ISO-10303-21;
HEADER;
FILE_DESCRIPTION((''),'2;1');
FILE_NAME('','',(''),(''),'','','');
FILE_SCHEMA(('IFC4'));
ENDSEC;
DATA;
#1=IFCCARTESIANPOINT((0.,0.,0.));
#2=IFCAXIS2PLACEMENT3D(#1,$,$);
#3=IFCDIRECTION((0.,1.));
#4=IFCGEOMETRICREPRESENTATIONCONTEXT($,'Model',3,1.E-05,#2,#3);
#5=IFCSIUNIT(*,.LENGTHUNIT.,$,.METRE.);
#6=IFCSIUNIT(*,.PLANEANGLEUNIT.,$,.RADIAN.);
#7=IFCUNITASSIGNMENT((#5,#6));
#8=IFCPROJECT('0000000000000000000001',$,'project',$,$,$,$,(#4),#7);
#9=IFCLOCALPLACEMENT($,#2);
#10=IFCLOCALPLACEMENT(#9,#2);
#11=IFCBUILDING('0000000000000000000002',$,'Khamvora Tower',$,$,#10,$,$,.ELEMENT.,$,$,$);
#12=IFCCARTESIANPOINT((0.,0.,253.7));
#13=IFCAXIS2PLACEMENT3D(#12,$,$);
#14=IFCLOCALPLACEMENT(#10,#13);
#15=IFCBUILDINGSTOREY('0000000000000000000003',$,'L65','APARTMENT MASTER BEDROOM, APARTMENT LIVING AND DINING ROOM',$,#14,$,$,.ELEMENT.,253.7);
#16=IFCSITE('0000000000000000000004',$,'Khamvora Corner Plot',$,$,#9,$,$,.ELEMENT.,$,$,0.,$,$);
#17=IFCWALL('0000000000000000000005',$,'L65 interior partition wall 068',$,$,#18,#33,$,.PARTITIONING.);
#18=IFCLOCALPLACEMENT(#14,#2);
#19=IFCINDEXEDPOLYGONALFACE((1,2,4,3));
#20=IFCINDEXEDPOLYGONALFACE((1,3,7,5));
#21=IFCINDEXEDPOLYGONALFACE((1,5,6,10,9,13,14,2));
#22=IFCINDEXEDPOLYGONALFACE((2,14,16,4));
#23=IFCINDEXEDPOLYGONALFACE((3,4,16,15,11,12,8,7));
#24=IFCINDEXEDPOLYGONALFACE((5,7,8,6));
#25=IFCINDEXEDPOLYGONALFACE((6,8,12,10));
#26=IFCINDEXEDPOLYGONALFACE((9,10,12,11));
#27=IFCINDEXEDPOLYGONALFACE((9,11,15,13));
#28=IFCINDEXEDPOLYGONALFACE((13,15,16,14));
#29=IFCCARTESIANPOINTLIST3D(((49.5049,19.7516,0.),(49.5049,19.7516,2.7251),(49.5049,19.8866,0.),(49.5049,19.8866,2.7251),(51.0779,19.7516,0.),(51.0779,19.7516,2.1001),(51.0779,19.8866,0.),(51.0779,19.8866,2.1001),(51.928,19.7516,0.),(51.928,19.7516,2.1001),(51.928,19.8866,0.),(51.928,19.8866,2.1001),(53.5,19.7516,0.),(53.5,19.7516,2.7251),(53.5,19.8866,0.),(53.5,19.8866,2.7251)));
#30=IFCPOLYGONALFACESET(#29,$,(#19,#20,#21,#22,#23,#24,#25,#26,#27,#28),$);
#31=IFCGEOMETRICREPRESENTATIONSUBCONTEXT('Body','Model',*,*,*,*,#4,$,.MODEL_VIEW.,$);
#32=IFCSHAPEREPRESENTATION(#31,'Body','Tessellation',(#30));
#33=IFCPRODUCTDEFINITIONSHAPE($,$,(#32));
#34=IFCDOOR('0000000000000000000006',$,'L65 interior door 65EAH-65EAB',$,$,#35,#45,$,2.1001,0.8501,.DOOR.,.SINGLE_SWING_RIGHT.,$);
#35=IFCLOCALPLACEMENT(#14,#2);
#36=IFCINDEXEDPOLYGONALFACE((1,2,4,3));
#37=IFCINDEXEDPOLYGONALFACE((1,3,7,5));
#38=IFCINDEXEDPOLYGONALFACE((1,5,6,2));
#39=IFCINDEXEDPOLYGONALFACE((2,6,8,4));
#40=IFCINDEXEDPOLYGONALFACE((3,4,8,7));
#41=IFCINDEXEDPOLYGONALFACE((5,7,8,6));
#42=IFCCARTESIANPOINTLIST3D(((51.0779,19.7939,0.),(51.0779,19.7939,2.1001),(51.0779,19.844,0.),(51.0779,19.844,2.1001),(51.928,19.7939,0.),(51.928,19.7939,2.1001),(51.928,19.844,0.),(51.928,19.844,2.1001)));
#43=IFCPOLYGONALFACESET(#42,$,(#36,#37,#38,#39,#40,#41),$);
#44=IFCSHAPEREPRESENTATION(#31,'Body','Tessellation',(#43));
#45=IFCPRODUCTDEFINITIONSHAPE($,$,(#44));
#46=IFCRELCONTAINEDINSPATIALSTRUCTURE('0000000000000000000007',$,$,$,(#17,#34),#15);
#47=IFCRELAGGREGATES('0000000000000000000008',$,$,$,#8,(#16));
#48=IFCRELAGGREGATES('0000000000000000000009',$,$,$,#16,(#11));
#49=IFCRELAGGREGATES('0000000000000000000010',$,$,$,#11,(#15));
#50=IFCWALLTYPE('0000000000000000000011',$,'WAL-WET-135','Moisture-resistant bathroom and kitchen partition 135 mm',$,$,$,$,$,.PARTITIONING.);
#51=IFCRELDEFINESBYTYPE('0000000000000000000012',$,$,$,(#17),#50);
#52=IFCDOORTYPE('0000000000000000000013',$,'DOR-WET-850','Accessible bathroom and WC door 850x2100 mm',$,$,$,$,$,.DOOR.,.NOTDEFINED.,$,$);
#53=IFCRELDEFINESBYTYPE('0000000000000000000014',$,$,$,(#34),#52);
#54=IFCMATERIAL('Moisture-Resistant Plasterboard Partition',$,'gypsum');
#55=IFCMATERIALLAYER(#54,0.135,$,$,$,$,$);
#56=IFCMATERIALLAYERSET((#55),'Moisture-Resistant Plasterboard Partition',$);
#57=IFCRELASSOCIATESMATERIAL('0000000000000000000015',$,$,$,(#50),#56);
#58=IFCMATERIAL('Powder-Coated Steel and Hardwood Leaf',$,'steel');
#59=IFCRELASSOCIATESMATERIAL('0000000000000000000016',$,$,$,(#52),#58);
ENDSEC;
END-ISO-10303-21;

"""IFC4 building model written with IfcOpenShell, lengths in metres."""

from ifc_helpers import new_model, si_unit, direction, frame, frame_2d, origin, place, context, subcontext, project, spatial, rectangle, extrude, material, layer, layer_set, type_object, element, fill, save


model = new_model("IFC4")

# Units and contexts
model_context = context("Model", 3, precision=1e-05, world=origin(), true_north=direction((0.0, 1.0)))
body_context = subcontext(model_context, "Body", "Model", "MODEL_VIEW")
ifc_project = project(units=[si_unit("LENGTHUNIT", "METRE"), si_unit("PLANEANGLEUNIT", "RADIAN")], contexts=[model_context])

# Site, building, storey
site_placement = place(None, origin())
site = spatial("IfcSite", under=ifc_project, at=site_placement, Name="Khamvora Corner Plot", CompositionType="ELEMENT", RefElevation=0.0)
building_placement = place(site_placement, origin())
building = spatial("IfcBuilding", under=site, at=building_placement, Name="Khamvora Tower", CompositionType="ELEMENT")
storey_placement = place(building_placement, frame((0.0, 0.0, 253.7)))
storey = spatial("IfcBuildingStorey", under=building, at=storey_placement, Name="L65", Description="APARTMENT MASTER BEDROOM, APARTMENT LIVING AND DINING ROOM", CompositionType="ELEMENT", Elevation=253.7)

# Shared definitions
ifc_material_1 = material(Name="Powder-Coated Steel and Hardwood Leaf", Category="steel")

# Shared definitions
ifc_material_2 = material(Name="Moisture-Resistant Plasterboard Partition", Category="gypsum")
ifc_layer_1 = layer(ifc_material_2, 0.135)
ifc_layer_set_1 = layer_set([ifc_layer_1], Name="Moisture-Resistant Plasterboard Partition")
wall_type_1 = type_object("IfcWallType", Name="WAL-WET-135", Description="Moisture-resistant bathroom and kitchen partition 135 mm", PredefinedType="PARTITIONING", material=ifc_layer_set_1)

# Wall, opening, door
wall_1_placement = place(storey_placement, frame((49.5049, 19.8191, 0.0), z_axis=(0.0, 0.0, 1.0), x_axis=(1.0, 0.0, 0.0)))
wall_1 = element("IfcWall", 1, at=wall_1_placement, inside=storey, type_object=wall_type_1, Name="L65 interior partition wall 068", PredefinedType="PARTITIONING", context=body_context, shape_type="SweptSolid", body=[
    extrude(rectangle(XDim=3.9951, YDim=0.135, at=frame_2d((1.9976, 0.0))), origin(), (0.0, 0.0, 1.0), 2.7251),
])
opening_1_placement = place(wall_1_placement, frame((1.573, 0.0, 0.0)))
opening_1 = element("IfcOpeningElement", 2, at=opening_1_placement, cuts=wall_1, PredefinedType="OPENING", context=body_context, shape_type="SweptSolid", body=[
    extrude(rectangle(XDim=0.8501, YDim=2.1001, at=frame_2d((0.425, 1.05))), frame((0.0, 0.0774, 0.0), z_axis=(0.0, -1.0, 0.0), x_axis=(1.0, 0.0, 0.0)), (0.0, 0.0, 1.0), 0.155),
])
door_type_1 = type_object("IfcDoorType", Name="DOR-WET-850", Description="Accessible bathroom and WC door 850x2100 mm", OperationType="NOTDEFINED", PredefinedType="DOOR", material=ifc_material_1)
door_1_placement = place(opening_1_placement, origin())
door_1 = element("IfcDoor", 3, at=door_1_placement, inside=storey, type_object=door_type_1, Name="L65 interior door 65EAH-65EAB", OperationType="SINGLE_SWING_RIGHT", OverallHeight=2.1001, OverallWidth=0.8501, PredefinedType="DOOR", context=body_context, shape_type="SweptSolid", body=[
    extrude(rectangle(XDim=0.8501, YDim=2.1001, at=frame_2d((0.425, 1.05))), frame((0.0, 0.0249, 0.0), z_axis=(0.0, -1.0, 0.0), x_axis=(1.0, 0.0, 0.0)), (0.0, 0.0, 1.0), 0.05),
])
fill(opening_1, door_1)

save(model, "model.ifc")
